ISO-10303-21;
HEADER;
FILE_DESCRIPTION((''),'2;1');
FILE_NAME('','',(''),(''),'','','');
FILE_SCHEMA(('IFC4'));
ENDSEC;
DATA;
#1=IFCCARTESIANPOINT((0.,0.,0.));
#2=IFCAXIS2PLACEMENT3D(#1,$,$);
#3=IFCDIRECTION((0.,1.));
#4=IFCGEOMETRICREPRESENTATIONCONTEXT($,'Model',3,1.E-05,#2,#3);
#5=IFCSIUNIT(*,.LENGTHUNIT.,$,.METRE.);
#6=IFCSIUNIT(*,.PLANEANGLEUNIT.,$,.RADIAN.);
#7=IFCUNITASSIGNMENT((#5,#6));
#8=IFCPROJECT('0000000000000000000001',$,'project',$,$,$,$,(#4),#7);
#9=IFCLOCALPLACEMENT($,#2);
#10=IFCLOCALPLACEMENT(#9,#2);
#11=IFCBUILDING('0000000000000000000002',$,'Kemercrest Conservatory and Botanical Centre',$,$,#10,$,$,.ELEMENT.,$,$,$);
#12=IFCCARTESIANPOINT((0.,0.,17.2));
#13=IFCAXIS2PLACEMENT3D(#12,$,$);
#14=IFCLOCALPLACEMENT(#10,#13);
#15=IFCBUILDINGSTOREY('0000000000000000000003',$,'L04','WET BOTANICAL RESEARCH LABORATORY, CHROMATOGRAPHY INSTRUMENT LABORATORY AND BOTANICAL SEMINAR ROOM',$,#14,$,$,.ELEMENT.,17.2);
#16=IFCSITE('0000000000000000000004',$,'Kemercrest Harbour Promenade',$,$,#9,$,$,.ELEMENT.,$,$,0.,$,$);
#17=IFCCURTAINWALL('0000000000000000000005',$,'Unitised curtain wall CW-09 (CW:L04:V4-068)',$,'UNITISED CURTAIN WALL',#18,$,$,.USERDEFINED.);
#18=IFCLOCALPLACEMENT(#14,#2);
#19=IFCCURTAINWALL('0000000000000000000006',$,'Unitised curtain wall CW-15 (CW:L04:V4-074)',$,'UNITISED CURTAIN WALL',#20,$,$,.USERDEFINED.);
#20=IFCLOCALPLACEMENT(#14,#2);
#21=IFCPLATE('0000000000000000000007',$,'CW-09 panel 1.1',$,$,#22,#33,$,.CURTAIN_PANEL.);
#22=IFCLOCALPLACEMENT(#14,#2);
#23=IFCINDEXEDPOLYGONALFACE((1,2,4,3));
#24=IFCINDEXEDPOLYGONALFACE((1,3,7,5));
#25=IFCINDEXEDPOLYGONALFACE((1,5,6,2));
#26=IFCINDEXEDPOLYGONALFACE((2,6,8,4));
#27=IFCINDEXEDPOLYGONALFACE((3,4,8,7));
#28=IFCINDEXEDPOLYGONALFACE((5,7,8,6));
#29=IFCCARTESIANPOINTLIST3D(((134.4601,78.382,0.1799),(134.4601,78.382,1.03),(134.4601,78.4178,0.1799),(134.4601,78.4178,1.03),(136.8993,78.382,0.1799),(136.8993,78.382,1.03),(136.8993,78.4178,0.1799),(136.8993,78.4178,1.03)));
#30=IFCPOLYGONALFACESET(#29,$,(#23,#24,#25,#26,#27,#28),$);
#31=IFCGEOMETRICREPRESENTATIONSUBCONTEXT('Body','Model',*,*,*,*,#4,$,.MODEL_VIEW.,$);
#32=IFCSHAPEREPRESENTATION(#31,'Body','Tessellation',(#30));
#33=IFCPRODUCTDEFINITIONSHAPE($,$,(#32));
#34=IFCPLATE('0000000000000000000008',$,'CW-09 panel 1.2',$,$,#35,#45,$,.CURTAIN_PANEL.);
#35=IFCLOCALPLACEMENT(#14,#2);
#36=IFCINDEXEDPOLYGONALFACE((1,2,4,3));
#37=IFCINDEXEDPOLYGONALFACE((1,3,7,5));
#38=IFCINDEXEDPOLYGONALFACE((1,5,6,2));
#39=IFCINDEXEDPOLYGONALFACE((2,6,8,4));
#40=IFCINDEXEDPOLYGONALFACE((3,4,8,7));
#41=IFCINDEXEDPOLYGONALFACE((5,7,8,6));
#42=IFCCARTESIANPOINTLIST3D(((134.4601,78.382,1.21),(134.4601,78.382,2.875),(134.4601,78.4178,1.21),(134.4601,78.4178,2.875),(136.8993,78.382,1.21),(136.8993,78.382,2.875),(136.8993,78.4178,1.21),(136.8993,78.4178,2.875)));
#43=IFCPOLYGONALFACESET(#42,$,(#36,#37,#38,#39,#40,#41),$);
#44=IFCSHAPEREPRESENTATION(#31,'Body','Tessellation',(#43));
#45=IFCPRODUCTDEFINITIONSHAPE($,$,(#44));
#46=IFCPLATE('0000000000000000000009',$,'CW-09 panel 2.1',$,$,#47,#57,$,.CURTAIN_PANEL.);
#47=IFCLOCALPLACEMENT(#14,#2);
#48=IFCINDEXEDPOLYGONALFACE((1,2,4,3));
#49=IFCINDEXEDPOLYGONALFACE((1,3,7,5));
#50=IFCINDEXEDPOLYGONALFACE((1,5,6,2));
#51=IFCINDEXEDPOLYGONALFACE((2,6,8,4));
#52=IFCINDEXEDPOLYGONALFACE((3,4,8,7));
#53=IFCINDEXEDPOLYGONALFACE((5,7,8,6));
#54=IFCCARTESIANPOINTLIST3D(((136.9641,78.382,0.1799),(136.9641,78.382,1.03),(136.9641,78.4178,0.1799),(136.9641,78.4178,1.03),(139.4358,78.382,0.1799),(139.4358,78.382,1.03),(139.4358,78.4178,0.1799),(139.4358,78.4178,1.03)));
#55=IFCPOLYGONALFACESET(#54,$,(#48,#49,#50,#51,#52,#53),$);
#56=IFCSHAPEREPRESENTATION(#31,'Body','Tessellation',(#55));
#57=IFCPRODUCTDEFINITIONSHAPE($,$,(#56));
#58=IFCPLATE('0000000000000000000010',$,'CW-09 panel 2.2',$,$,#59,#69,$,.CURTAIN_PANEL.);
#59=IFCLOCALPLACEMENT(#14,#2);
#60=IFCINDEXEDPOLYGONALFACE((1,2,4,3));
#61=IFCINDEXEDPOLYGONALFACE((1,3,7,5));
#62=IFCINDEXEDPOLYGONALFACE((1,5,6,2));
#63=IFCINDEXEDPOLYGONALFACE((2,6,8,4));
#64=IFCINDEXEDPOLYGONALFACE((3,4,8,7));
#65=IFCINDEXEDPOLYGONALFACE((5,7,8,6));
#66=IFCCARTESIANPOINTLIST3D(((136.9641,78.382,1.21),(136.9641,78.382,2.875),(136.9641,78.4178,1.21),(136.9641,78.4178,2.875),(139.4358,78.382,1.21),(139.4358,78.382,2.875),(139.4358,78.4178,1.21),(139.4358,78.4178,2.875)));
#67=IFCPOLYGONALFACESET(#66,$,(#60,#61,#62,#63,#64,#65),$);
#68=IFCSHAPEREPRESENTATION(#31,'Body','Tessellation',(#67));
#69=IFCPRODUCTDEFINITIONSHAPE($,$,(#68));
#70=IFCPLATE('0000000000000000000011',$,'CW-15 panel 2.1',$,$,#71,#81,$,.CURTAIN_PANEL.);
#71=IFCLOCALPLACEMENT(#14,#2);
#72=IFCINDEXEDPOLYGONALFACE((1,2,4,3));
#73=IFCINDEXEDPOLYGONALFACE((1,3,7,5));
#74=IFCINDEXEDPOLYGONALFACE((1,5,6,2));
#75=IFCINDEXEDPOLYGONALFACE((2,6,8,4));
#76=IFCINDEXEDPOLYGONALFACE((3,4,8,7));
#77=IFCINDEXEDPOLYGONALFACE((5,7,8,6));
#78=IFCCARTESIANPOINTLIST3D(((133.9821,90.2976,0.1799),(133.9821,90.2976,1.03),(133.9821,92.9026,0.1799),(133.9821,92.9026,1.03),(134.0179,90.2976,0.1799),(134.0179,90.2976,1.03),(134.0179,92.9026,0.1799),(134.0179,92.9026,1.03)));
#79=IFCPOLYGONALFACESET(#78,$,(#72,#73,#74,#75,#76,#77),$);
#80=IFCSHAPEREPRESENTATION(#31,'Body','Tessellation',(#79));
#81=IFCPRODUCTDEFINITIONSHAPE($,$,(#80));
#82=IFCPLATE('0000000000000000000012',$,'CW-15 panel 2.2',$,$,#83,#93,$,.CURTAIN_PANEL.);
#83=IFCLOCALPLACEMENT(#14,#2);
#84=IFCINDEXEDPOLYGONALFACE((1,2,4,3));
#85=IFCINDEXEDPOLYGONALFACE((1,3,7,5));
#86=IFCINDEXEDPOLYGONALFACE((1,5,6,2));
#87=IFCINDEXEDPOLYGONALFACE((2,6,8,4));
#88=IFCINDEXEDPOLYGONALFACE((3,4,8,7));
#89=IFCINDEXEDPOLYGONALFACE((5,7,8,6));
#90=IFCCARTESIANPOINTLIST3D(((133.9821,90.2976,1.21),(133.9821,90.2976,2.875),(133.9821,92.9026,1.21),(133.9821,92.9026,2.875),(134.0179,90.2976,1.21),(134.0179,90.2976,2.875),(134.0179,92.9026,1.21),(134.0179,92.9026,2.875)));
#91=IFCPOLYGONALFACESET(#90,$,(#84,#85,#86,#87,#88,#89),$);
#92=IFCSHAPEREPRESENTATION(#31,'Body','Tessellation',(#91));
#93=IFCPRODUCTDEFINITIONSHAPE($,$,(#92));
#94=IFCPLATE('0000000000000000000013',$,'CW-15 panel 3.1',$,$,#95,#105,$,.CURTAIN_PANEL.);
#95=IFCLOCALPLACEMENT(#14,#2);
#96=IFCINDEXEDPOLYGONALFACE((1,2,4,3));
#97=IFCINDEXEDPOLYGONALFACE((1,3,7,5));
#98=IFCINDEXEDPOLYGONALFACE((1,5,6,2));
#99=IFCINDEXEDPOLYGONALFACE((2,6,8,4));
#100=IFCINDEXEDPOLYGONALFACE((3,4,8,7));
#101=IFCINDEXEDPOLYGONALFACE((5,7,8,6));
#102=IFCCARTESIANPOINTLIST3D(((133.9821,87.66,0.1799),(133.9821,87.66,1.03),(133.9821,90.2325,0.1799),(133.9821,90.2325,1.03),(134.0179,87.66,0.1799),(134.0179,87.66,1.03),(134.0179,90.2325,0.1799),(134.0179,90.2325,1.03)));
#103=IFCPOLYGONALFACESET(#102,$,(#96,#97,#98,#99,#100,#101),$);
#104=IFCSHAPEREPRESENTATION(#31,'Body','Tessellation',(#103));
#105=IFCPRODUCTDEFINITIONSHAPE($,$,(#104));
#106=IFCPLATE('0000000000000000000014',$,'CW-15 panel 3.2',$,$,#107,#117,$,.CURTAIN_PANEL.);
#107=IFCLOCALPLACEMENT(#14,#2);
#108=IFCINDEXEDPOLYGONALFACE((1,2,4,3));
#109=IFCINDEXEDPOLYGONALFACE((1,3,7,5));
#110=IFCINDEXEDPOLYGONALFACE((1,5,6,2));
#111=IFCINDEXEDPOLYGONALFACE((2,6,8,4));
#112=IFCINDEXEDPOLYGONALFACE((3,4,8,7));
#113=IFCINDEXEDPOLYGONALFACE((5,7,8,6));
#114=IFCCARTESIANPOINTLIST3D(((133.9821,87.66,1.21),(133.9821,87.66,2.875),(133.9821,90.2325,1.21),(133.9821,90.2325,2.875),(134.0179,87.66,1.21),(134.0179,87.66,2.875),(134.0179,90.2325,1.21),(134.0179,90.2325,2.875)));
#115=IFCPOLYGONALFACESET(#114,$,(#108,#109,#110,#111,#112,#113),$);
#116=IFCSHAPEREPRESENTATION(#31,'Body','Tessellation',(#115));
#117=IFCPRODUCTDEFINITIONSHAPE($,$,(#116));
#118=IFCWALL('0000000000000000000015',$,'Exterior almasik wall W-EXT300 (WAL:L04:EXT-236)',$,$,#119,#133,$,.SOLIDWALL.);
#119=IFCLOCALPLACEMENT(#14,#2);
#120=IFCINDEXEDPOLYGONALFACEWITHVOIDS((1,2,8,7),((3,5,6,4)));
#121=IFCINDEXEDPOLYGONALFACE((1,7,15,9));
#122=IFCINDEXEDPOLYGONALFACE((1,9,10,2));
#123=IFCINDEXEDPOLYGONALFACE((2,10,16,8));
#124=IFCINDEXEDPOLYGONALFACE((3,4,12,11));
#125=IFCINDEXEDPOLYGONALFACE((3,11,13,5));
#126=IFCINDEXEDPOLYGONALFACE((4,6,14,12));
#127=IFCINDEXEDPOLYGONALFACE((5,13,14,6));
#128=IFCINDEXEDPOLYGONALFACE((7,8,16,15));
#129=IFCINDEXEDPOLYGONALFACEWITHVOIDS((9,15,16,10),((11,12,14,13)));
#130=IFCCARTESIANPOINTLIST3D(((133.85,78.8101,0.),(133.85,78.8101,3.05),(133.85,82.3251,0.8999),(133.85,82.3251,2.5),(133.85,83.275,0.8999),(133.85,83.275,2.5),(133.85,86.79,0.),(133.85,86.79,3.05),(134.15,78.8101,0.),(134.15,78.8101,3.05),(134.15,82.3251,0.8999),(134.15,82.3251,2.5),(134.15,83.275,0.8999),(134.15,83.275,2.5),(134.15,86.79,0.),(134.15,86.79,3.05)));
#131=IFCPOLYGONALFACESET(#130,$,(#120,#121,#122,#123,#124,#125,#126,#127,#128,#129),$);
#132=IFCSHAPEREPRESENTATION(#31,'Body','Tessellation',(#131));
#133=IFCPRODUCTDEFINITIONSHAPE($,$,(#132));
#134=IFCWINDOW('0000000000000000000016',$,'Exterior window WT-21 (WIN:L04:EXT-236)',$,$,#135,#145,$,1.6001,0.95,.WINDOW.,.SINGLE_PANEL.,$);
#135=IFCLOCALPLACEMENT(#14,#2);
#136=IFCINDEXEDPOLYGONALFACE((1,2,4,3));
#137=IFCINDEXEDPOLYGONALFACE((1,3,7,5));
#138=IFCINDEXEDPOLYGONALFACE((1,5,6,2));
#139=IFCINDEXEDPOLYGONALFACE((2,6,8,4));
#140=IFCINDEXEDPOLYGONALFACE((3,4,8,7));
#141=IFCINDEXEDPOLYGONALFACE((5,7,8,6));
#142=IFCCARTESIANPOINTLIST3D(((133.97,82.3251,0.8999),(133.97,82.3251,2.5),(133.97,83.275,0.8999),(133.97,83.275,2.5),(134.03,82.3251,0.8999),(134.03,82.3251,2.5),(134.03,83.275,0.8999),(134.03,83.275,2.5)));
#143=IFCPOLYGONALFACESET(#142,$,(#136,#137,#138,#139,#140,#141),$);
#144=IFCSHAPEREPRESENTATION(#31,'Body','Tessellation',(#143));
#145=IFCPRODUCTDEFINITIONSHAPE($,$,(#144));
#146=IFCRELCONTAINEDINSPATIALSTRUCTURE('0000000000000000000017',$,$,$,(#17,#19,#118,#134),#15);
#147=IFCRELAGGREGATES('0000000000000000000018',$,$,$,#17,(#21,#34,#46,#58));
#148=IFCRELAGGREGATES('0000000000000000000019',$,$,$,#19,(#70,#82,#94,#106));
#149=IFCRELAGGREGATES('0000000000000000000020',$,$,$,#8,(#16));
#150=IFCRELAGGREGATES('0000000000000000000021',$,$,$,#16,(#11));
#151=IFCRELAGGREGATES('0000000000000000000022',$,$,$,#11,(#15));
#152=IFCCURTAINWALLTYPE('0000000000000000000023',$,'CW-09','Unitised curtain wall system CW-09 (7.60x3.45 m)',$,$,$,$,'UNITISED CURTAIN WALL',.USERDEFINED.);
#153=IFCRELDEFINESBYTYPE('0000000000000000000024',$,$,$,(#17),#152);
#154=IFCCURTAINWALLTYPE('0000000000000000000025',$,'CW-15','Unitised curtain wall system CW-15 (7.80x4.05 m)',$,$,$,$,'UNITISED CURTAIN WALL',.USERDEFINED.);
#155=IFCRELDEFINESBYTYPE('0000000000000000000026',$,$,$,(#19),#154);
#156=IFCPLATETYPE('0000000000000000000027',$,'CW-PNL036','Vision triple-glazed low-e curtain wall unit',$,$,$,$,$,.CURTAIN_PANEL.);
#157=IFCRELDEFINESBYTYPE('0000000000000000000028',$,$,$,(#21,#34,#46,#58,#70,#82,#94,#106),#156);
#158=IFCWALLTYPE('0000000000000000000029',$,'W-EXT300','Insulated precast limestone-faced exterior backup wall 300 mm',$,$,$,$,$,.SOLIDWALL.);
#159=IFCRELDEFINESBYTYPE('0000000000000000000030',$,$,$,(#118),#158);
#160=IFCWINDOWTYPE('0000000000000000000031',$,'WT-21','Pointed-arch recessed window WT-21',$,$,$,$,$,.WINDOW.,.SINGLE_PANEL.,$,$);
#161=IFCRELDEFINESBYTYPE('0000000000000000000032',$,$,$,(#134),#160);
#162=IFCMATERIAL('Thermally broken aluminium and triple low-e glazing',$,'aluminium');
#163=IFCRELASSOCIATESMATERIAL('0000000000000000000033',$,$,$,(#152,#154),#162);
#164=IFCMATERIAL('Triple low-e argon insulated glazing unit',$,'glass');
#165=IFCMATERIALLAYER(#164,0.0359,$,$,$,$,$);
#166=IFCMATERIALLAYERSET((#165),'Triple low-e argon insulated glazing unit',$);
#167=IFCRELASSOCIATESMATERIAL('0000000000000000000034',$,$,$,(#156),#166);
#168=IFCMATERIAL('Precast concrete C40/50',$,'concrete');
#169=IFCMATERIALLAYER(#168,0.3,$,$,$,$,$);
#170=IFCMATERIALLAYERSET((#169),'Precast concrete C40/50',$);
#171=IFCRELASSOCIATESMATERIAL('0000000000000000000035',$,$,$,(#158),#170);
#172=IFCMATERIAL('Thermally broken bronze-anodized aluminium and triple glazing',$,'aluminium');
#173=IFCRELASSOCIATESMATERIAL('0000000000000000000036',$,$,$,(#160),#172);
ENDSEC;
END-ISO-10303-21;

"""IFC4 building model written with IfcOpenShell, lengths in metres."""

from ifc_helpers import new_model, si_unit, direction, frame, frame_2d, origin, origin_2d, place, context, subcontext, project, spatial, rectangle, extrude, material, layer, layer_set, type_object, element, fill, aggregate, save


model = new_model("IFC4")

# Units and contexts
model_context = context("Model", 3, precision=1e-05, world=origin(), true_north=direction((0.0, 1.0)))
body_context = subcontext(model_context, "Body", "Model", "MODEL_VIEW")
ifc_project = project(units=[si_unit("LENGTHUNIT", "METRE"), si_unit("PLANEANGLEUNIT", "RADIAN")], contexts=[model_context])

# Site, building, storey
site_placement = place(None, origin())
site = spatial("IfcSite", under=ifc_project, at=site_placement, Name="Kemercrest Harbour Promenade", CompositionType="ELEMENT", RefElevation=0.0)
building_placement = place(site_placement, origin())
building = spatial("IfcBuilding", under=site, at=building_placement, Name="Kemercrest Conservatory and Botanical Centre", CompositionType="ELEMENT")
storey_placement = place(building_placement, frame((0.0, 0.0, 17.2)))
storey = spatial("IfcBuildingStorey", under=building, at=storey_placement, Name="L04", Description="WET BOTANICAL RESEARCH LABORATORY, CHROMATOGRAPHY INSTRUMENT LABORATORY AND BOTANICAL SEMINAR ROOM", CompositionType="ELEMENT", Elevation=17.2)

# Curtain walls
ifc_material_1 = material(Name="Thermally broken aluminium and triple low-e glazing", Category="aluminium")
curtain_wall_type_1 = type_object("IfcCurtainWallType", Name="CW-09", Description="Unitised curtain wall system CW-09 (7.60x3.45 m)", ElementType="UNITISED CURTAIN WALL", PredefinedType="USERDEFINED", material=ifc_material_1)
curtain_wall_1_placement = place(storey_placement, origin())
curtain_wall_1 = element("IfcCurtainWall", 1, at=curtain_wall_1_placement, inside=storey, type_object=curtain_wall_type_1, Name="Unitised curtain wall CW-09 (CW:L04:V4-068)", ObjectType="UNITISED CURTAIN WALL", PredefinedType="USERDEFINED")
curtain_wall_type_2 = type_object("IfcCurtainWallType", Name="CW-15", Description="Unitised curtain wall system CW-15 (7.80x4.05 m)", ElementType="UNITISED CURTAIN WALL", PredefinedType="USERDEFINED", material=ifc_material_1)
curtain_wall_2_placement = place(storey_placement, origin())
curtain_wall_2 = element("IfcCurtainWall", 2, at=curtain_wall_2_placement, inside=storey, type_object=curtain_wall_type_2, Name="Unitised curtain wall CW-15 (CW:L04:V4-074)", ObjectType="UNITISED CURTAIN WALL", PredefinedType="USERDEFINED")

# Plates
ifc_material_2 = material(Name="Triple low-e argon insulated glazing unit", Category="glass")
ifc_layer_1 = layer(ifc_material_2, 0.0359)
ifc_layer_set_1 = layer_set([ifc_layer_1], Name="Triple low-e argon insulated glazing unit")
plate_type = type_object("IfcPlateType", Name="CW-PNL036", Description="Vision triple-glazed low-e curtain wall unit", PredefinedType="CURTAIN_PANEL", material=ifc_layer_set_1)
plate_1_placement = place(storey_placement, frame((135.6797, 78.3999, 0.1799), z_axis=(0.0, 0.0, 1.0), x_axis=(1.0, 0.0, 0.0)))
plate_1 = element("IfcPlate", 3, at=plate_1_placement, type_object=plate_type, Name="CW-09 panel 1.1", PredefinedType="CURTAIN_PANEL", context=body_context, shape_type="SweptSolid", body=[
    extrude(rectangle(XDim=2.4392, YDim=0.0359, at=origin_2d()), origin(), (0.0, 0.0, 1.0), 0.8501),
])
plate_2_placement = place(storey_placement, frame((135.6797, 78.3999, 1.21), z_axis=(0.0, 0.0, 1.0), x_axis=(1.0, 0.0, 0.0)))
plate_2 = element("IfcPlate", 4, at=plate_2_placement, type_object=plate_type, Name="CW-09 panel 1.2", PredefinedType="CURTAIN_PANEL", context=body_context, shape_type="SweptSolid", body=[
    extrude(rectangle(XDim=2.4392, YDim=0.0359, at=origin_2d()), origin(), (0.0, 0.0, 1.0), 1.665),
])
plate_3_placement = place(storey_placement, frame((138.2, 78.3999, 0.1799), z_axis=(0.0, 0.0, 1.0), x_axis=(1.0, 0.0, 0.0)))
plate_3 = element("IfcPlate", 5, at=plate_3_placement, type_object=plate_type, Name="CW-09 panel 2.1", PredefinedType="CURTAIN_PANEL", context=body_context, shape_type="SweptSolid", body=[
    extrude(rectangle(XDim=2.4717, YDim=0.0359, at=origin_2d()), origin(), (0.0, 0.0, 1.0), 0.8501),
])
plate_4_placement = place(storey_placement, frame((138.2, 78.3999, 1.21), z_axis=(0.0, 0.0, 1.0), x_axis=(1.0, 0.0, 0.0)))
plate_4 = element("IfcPlate", 6, at=plate_4_placement, type_object=plate_type, Name="CW-09 panel 2.2", PredefinedType="CURTAIN_PANEL", context=body_context, shape_type="SweptSolid", body=[
    extrude(rectangle(XDim=2.4717, YDim=0.0359, at=origin_2d()), origin(), (0.0, 0.0, 1.0), 1.665),
])
aggregate(curtain_wall_1, [plate_1, plate_2, plate_3, plate_4])
plate_5_placement = place(storey_placement, frame((134.0, 91.6001, 0.1799), z_axis=(0.0, 0.0, 1.0), x_axis=(0.0, -1.0, 0.0)))
plate_5 = element("IfcPlate", 7, at=plate_5_placement, type_object=plate_type, Name="CW-15 panel 2.1", PredefinedType="CURTAIN_PANEL", context=body_context, shape_type="SweptSolid", body=[
    extrude(rectangle(XDim=2.605, YDim=0.0359, at=origin_2d()), origin(), (0.0, 0.0, 1.0), 0.8501),
])
plate_6_placement = place(storey_placement, frame((134.0, 91.6001, 1.21), z_axis=(0.0, 0.0, 1.0), x_axis=(0.0, -1.0, 0.0)))
plate_6 = element("IfcPlate", 8, at=plate_6_placement, type_object=plate_type, Name="CW-15 panel 2.2", PredefinedType="CURTAIN_PANEL", context=body_context, shape_type="SweptSolid", body=[
    extrude(rectangle(XDim=2.605, YDim=0.0359, at=origin_2d()), origin(), (0.0, 0.0, 1.0), 1.665),
])
plate_7_placement = place(storey_placement, frame((134.0, 88.9463, 0.1799), z_axis=(0.0, 0.0, 1.0), x_axis=(0.0, -1.0, 0.0)))
plate_7 = element("IfcPlate", 9, at=plate_7_placement, type_object=plate_type, Name="CW-15 panel 3.1", PredefinedType="CURTAIN_PANEL", context=body_context, shape_type="SweptSolid", body=[
    extrude(rectangle(XDim=2.5725, YDim=0.0359, at=origin_2d()), origin(), (0.0, 0.0, 1.0), 0.8501),
])
plate_8_placement = place(storey_placement, frame((134.0, 88.9463, 1.21), z_axis=(0.0, 0.0, 1.0), x_axis=(0.0, -1.0, 0.0)))
plate_8 = element("IfcPlate", 10, at=plate_8_placement, type_object=plate_type, Name="CW-15 panel 3.2", PredefinedType="CURTAIN_PANEL", context=body_context, shape_type="SweptSolid", body=[
    extrude(rectangle(XDim=2.5725, YDim=0.0359, at=origin_2d()), origin(), (0.0, 0.0, 1.0), 1.665),
])
aggregate(curtain_wall_2, [plate_5, plate_6, plate_7, plate_8])

# Wall, opening, window
ifc_material_3 = material(Name="Precast concrete C40/50", Category="concrete")
ifc_layer_2 = layer(ifc_material_3, 0.3)
ifc_layer_set_2 = layer_set([ifc_layer_2], Name="Precast concrete C40/50")
wall_type = type_object("IfcWallType", Name="W-EXT300", Description="Insulated precast limestone-faced exterior backup wall 300 mm", PredefinedType="SOLIDWALL", material=ifc_layer_set_2)
wall_placement = place(storey_placement, frame((134.0, 86.79, 0.0), z_axis=(0.0, 0.0, 1.0), x_axis=(0.0, -1.0, 0.0)))
wall = element("IfcWall", 11, at=wall_placement, inside=storey, type_object=wall_type, Name="Exterior almasik wall W-EXT300 (WAL:L04:EXT-236)", PredefinedType="SOLIDWALL", context=body_context, shape_type="SweptSolid", body=[
    extrude(rectangle(XDim=7.98, YDim=0.3, at=frame_2d((3.99, 0.0))), origin(), (0.0, 0.0, 1.0), 3.05),
])
opening_placement = place(wall_placement, frame((3.5149, 0.0, 0.8999)))
opening = element("IfcOpeningElement", 12, at=opening_placement, cuts=wall, PredefinedType="OPENING", context=body_context, shape_type="SweptSolid", body=[
    extrude(rectangle(XDim=0.95, YDim=1.6001, at=frame_2d((0.4751, 0.8))), frame((0.0, 0.1602, 0.0), z_axis=(0.0, -1.0, 0.0), x_axis=(1.0, 0.0, 0.0)), (0.0, 0.0, 1.0), 0.3201),
])
ifc_material_4 = material(Name="Thermally broken bronze-anodized aluminium and triple glazing", Category="aluminium")
window_type = type_object("IfcWindowType", Name="WT-21", Description="Pointed-arch recessed window WT-21", PartitioningType="SINGLE_PANEL", PredefinedType="WINDOW", material=ifc_material_4)
window_placement = place(opening_placement, origin())
window = element("IfcWindow", 13, at=window_placement, inside=storey, type_object=window_type, Name="Exterior window WT-21 (WIN:L04:EXT-236)", OverallHeight=1.6001, OverallWidth=0.95, PartitioningType="SINGLE_PANEL", PredefinedType="WINDOW", context=body_context, shape_type="SweptSolid", body=[
    extrude(rectangle(XDim=0.95, YDim=1.6001, at=frame_2d((0.4751, 0.8))), frame((0.0, 0.03, 0.0), z_axis=(0.0, -1.0, 0.0), x_axis=(1.0, 0.0, 0.0)), (0.0, 0.0, 1.0), 0.0601),
])
fill(opening, window)

save(model, "model.ifc")
